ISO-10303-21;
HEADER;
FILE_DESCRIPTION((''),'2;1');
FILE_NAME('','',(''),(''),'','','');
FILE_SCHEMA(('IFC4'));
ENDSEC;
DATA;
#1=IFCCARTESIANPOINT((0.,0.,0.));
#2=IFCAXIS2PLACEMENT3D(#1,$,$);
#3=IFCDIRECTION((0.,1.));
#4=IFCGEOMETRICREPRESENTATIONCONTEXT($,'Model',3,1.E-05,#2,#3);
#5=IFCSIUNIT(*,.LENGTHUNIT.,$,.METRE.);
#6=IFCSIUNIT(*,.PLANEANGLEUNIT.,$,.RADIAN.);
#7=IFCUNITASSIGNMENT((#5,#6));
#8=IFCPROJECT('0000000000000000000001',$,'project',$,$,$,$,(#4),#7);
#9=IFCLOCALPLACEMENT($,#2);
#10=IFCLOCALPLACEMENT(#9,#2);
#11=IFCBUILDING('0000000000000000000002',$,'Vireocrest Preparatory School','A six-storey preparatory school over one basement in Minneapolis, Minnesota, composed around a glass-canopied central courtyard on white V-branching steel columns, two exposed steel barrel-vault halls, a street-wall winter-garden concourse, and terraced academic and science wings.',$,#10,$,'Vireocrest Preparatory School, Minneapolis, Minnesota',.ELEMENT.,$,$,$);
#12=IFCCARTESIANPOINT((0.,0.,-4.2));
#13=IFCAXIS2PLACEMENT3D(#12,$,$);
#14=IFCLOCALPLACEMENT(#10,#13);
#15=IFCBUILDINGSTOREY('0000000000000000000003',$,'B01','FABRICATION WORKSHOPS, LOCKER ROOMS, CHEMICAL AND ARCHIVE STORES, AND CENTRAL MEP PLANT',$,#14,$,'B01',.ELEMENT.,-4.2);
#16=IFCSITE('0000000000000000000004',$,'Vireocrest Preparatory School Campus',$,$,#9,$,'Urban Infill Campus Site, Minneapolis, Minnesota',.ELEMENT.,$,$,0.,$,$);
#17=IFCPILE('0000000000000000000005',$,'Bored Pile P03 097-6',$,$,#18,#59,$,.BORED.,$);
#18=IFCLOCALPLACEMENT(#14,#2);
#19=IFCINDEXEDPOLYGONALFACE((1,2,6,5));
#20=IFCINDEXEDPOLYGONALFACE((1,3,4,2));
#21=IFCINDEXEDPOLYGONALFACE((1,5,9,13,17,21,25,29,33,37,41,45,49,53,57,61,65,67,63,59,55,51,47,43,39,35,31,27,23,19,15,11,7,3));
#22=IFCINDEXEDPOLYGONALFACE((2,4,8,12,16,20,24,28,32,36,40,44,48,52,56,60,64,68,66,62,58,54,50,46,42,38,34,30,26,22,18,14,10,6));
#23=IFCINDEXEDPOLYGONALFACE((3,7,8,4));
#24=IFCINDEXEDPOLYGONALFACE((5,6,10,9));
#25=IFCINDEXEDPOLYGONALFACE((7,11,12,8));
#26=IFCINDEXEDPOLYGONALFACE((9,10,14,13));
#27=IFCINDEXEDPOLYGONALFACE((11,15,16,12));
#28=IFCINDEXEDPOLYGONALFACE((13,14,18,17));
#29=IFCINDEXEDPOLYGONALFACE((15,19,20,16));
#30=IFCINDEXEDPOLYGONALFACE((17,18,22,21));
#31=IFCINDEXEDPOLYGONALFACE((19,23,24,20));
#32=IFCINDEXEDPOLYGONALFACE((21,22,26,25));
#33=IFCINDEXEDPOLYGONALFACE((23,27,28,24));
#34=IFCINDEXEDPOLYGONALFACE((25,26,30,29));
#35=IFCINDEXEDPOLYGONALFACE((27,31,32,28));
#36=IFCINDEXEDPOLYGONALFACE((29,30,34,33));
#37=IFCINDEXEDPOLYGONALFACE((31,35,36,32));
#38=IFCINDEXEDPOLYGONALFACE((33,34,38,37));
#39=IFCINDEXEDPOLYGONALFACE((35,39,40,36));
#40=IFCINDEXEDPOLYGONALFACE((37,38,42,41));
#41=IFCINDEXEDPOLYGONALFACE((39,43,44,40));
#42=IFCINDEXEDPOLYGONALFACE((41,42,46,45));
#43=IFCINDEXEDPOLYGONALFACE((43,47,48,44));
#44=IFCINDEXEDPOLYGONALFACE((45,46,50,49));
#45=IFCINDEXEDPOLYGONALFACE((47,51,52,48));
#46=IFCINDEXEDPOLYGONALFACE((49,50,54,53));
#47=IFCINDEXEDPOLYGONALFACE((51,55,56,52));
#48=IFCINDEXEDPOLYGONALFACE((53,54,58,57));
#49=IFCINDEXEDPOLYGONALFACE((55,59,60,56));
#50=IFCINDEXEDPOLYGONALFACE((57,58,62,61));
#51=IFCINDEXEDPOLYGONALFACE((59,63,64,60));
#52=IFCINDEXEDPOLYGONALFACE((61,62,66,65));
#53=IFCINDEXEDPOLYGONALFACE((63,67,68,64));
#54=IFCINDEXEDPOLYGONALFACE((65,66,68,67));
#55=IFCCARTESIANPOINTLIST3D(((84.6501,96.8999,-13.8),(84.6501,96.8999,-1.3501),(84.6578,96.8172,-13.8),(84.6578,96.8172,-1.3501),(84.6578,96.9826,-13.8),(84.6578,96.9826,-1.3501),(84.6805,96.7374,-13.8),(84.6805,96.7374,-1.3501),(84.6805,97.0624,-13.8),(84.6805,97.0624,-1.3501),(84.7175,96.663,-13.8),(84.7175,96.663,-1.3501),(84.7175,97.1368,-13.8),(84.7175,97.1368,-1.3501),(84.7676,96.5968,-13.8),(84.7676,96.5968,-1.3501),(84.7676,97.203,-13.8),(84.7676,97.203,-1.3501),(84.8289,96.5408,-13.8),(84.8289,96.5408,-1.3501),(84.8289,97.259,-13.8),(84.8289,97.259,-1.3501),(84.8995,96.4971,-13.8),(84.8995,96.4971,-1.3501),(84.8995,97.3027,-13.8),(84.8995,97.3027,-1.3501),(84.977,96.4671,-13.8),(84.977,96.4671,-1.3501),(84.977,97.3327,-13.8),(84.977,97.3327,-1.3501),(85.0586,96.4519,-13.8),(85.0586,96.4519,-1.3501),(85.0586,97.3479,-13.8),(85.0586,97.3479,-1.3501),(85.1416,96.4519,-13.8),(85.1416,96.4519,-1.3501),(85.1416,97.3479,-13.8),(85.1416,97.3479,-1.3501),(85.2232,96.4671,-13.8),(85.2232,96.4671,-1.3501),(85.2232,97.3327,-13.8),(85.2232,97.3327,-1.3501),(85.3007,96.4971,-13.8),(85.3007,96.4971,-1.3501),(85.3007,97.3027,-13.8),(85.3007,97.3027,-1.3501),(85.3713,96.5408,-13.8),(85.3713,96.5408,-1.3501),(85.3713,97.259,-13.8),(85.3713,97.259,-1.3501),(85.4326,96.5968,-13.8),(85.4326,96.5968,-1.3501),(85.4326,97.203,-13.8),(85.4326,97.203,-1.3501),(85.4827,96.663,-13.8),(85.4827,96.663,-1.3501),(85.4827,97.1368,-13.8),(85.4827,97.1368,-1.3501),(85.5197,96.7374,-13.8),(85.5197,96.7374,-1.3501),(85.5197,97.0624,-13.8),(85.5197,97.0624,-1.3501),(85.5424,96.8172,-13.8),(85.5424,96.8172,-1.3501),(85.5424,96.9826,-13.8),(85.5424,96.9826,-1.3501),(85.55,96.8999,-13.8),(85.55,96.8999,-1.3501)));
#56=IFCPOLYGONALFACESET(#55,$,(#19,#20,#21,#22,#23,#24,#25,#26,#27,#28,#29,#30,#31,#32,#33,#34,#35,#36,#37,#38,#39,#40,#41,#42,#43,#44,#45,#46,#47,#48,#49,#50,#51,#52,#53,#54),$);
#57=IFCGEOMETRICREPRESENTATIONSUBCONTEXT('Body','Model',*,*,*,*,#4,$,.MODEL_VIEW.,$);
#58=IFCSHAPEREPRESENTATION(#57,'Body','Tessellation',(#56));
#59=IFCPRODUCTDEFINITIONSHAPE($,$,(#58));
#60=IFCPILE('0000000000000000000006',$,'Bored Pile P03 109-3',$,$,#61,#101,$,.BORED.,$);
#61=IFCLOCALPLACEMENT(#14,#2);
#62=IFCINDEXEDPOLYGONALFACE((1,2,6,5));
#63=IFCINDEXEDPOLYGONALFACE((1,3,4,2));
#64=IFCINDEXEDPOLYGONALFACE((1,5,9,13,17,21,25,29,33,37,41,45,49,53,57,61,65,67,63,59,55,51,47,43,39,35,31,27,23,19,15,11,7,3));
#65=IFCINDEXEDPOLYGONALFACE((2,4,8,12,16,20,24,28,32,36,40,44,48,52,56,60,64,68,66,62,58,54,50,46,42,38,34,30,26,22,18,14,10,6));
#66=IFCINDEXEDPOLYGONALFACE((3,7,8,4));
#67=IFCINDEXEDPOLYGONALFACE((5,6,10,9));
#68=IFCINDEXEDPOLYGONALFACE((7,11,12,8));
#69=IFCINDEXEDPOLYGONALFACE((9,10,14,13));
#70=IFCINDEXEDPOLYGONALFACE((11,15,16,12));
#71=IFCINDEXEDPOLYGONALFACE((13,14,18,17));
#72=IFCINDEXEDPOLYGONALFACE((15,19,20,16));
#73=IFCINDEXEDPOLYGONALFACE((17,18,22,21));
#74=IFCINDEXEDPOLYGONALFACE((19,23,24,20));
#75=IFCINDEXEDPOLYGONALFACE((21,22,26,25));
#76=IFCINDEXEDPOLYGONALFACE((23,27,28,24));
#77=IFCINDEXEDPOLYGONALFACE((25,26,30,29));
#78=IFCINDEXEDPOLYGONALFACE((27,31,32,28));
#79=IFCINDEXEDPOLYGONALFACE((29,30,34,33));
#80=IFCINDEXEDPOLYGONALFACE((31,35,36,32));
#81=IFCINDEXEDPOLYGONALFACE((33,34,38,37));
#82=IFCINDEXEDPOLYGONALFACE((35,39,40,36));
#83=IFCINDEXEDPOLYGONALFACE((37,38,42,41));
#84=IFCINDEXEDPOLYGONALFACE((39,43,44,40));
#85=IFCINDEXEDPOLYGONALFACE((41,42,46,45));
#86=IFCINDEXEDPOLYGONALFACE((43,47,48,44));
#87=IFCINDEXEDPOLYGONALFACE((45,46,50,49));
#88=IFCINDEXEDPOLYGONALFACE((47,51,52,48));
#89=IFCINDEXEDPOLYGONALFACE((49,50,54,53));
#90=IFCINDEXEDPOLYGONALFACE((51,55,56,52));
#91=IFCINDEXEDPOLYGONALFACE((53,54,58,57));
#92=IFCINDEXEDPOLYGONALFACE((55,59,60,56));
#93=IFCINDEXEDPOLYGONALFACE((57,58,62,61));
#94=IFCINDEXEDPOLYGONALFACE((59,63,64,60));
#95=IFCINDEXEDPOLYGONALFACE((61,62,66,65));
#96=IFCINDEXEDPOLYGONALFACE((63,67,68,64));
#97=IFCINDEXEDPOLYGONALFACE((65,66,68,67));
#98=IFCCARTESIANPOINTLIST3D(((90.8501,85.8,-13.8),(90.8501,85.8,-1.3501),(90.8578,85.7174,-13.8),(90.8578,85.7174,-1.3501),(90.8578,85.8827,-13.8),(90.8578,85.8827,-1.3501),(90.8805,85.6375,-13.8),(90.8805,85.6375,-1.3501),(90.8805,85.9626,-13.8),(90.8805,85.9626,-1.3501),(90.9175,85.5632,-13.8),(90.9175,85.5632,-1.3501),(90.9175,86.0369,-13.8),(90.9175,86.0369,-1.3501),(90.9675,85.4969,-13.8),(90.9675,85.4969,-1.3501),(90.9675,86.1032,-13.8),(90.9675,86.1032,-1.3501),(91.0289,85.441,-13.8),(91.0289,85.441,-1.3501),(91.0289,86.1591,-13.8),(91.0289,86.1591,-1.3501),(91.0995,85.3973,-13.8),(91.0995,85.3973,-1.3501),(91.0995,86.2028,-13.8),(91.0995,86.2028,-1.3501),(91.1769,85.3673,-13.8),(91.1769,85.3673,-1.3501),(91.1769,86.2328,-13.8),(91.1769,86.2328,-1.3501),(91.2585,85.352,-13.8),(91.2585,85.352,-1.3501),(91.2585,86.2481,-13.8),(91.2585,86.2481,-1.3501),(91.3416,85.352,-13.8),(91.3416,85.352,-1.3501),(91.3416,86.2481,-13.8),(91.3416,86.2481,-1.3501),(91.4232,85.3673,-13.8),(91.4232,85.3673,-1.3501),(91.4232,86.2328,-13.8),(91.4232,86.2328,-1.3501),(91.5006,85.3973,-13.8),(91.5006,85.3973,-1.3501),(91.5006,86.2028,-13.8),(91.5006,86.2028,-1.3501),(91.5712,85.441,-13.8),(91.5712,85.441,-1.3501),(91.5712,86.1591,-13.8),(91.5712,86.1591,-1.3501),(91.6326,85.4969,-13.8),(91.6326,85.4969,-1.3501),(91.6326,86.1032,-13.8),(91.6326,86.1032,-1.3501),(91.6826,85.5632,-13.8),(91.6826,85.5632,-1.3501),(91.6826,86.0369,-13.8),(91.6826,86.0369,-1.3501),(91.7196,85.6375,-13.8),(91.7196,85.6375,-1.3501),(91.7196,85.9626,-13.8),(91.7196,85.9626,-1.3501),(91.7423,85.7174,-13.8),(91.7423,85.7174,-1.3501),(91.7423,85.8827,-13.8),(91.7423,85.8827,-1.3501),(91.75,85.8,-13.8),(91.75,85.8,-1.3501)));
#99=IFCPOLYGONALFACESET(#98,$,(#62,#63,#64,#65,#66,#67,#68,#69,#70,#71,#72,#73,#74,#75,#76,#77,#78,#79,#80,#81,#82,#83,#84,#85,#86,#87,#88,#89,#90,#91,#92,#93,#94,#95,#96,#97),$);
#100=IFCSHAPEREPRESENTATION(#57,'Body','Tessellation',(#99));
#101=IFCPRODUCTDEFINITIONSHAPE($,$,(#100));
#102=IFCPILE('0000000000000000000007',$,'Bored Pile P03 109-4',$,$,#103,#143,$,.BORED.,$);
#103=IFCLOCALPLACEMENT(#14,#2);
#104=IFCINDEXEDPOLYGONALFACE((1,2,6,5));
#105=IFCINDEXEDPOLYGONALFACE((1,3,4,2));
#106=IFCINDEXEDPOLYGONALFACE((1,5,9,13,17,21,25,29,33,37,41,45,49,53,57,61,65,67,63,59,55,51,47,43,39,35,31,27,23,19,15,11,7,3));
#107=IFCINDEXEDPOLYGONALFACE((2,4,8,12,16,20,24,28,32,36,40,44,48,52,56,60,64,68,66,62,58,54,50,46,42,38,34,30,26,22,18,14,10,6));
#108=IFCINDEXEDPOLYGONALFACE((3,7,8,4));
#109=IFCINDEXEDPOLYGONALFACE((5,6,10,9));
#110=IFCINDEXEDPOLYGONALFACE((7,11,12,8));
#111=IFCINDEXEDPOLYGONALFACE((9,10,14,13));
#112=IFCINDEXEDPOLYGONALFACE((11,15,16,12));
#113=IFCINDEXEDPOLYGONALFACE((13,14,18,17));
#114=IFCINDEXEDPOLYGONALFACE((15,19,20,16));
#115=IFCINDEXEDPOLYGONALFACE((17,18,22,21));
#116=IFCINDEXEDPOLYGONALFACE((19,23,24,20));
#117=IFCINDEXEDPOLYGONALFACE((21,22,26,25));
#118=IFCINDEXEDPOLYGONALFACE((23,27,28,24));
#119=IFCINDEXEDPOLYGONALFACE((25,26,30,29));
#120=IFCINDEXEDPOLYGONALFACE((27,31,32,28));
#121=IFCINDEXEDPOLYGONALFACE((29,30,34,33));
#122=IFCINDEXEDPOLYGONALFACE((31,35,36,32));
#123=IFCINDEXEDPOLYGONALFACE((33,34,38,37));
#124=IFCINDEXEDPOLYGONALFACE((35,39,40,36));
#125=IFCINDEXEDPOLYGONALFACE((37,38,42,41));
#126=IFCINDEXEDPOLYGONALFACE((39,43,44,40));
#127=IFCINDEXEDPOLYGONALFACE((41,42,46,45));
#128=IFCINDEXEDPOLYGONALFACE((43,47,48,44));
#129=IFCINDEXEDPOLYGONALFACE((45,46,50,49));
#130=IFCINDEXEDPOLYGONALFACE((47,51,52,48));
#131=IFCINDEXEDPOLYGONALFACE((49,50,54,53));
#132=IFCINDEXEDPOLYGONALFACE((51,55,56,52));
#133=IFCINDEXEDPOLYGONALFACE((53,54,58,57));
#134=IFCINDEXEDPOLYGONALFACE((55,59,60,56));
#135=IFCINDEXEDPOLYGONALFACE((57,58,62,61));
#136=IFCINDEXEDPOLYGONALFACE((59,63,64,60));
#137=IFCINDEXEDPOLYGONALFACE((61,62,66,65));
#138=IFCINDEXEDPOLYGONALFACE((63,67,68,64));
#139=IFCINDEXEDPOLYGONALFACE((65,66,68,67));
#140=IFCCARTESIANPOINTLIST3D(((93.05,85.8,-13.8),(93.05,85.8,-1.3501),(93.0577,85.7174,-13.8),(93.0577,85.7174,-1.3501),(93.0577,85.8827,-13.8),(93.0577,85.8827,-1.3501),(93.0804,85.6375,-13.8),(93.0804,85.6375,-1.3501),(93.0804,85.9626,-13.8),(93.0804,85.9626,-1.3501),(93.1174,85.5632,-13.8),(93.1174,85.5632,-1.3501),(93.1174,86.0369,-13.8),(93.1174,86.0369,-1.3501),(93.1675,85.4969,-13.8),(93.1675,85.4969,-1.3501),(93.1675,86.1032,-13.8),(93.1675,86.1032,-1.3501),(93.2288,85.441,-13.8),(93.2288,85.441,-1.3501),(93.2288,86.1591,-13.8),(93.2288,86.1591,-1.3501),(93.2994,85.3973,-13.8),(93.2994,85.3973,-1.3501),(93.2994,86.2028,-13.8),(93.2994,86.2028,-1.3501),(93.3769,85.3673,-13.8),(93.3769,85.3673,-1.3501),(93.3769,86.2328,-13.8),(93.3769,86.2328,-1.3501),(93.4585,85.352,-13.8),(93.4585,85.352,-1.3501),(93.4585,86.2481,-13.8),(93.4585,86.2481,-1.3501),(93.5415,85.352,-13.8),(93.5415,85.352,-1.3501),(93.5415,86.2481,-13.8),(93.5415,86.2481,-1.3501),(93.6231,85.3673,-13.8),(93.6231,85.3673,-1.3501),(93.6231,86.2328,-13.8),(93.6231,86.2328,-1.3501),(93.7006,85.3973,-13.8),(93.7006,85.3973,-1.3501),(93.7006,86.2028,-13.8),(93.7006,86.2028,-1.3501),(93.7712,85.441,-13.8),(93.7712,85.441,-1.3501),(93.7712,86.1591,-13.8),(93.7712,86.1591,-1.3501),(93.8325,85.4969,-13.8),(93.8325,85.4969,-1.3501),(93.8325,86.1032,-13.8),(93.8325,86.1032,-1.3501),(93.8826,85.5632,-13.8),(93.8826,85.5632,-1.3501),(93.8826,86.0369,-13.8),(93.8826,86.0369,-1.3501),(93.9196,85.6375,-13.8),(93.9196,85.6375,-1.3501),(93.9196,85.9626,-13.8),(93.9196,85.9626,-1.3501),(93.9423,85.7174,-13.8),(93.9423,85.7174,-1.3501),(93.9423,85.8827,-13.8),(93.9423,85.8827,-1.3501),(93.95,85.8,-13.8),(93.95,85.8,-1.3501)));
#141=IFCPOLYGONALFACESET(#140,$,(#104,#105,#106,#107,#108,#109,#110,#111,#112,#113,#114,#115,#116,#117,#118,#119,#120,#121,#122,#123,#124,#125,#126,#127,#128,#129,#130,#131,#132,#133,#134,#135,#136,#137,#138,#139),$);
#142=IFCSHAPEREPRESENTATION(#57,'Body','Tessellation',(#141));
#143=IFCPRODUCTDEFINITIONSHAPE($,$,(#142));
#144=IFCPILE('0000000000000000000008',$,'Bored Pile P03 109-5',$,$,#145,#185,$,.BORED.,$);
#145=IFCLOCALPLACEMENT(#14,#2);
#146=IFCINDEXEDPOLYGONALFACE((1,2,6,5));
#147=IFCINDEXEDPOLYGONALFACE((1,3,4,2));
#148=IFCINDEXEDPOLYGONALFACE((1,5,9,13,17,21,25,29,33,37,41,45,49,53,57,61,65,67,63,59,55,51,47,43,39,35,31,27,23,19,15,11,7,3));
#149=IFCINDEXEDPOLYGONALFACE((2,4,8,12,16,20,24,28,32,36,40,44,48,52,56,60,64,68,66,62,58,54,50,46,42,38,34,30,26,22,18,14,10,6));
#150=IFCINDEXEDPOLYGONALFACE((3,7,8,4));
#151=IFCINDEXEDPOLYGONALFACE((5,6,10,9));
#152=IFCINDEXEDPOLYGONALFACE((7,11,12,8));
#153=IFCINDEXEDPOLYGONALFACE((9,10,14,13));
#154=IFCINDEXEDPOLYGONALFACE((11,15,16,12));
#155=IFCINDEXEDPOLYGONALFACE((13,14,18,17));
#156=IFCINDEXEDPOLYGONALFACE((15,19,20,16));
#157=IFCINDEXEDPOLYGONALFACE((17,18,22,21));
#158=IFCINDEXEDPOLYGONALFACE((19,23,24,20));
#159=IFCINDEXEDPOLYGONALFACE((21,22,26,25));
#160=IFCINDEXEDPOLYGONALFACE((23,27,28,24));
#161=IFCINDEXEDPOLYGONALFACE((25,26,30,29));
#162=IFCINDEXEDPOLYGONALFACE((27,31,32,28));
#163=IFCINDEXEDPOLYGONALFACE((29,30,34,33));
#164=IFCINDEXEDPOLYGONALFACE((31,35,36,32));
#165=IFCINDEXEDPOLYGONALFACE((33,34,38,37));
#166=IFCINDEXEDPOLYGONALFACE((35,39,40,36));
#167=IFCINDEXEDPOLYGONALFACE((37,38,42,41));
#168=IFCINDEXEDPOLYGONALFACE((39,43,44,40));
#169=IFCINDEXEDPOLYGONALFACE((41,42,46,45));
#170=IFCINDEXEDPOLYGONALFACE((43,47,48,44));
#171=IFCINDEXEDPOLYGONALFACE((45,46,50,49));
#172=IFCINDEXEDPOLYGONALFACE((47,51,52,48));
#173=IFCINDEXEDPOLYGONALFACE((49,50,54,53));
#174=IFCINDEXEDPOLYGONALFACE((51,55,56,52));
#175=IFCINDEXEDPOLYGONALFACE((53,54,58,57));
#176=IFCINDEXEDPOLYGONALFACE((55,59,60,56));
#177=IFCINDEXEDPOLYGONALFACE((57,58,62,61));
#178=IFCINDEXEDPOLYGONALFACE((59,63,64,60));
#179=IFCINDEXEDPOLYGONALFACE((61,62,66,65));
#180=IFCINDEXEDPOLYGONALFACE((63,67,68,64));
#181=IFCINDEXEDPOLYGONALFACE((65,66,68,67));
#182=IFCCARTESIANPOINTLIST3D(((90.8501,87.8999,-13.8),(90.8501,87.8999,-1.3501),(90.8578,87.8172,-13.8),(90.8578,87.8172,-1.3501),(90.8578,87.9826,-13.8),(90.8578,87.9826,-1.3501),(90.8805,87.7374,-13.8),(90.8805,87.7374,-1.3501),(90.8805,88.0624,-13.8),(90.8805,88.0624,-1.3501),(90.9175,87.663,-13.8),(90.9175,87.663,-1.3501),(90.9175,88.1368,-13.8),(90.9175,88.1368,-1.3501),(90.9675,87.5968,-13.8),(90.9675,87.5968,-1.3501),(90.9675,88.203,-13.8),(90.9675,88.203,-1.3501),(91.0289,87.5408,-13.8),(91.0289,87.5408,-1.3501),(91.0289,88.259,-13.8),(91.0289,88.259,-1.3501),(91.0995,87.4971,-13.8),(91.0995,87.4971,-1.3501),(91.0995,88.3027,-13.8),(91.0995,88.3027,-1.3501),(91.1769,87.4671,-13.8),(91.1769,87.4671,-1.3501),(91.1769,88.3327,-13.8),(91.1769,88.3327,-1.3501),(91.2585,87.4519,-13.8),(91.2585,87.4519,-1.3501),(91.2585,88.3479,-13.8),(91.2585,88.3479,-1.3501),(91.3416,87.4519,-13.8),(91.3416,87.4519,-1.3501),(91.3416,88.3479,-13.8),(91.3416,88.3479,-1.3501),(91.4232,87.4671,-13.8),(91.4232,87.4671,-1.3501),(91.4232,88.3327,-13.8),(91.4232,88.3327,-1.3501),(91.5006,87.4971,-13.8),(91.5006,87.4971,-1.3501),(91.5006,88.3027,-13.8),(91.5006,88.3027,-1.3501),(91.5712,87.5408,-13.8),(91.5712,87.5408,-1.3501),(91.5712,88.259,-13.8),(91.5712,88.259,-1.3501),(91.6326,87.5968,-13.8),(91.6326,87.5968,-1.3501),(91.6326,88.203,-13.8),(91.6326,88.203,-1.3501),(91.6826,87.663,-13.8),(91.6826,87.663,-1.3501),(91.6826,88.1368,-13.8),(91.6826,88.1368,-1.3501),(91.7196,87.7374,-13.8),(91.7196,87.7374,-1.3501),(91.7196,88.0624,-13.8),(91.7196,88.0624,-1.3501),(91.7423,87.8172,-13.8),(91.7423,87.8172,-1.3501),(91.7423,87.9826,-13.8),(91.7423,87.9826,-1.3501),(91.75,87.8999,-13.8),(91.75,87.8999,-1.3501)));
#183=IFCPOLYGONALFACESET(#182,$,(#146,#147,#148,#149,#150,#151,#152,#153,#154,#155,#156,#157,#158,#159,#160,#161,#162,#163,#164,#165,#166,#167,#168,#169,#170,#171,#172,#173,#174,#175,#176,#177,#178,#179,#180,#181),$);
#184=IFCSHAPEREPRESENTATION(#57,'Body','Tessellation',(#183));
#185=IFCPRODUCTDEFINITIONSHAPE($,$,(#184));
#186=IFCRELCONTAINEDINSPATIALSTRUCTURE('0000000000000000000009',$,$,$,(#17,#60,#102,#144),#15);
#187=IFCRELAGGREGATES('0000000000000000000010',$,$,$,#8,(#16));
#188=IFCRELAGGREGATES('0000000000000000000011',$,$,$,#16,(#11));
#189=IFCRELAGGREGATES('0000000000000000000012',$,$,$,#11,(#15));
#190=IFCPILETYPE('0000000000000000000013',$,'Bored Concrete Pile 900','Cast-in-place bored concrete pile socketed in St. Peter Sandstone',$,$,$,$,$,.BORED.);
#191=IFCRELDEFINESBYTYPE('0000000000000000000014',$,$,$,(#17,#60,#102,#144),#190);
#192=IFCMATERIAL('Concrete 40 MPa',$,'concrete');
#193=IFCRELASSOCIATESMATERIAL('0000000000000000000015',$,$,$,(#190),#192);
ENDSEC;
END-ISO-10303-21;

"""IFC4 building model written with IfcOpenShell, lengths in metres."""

from ifc_helpers import new_model, si_unit, direction, frame, origin, origin_2d, place, context, subcontext, project, spatial, circle, extrude, material, material_profile, profile_set, type_object, element, save


model = new_model("IFC4")

# Units and contexts
model_context = context("Model", 3, precision=1e-05, world=origin(), true_north=direction((0.0, 1.0)))
body_context = subcontext(model_context, "Body", "Model", "MODEL_VIEW")
ifc_project = project(units=[si_unit("LENGTHUNIT", "METRE"), si_unit("PLANEANGLEUNIT", "RADIAN")], contexts=[model_context])

# Site, building, storey
site_placement = place(None, origin())
site = spatial("IfcSite", under=ifc_project, at=site_placement, Name="Vireocrest Preparatory School Campus", LongName="Urban Infill Campus Site, Minneapolis, Minnesota", CompositionType="ELEMENT", RefElevation=0.0)
building_placement = place(site_placement, origin())
building = spatial("IfcBuilding", under=site, at=building_placement, Name="Vireocrest Preparatory School", Description="A six-storey preparatory school over one basement in Minneapolis, Minnesota, composed around a glass-canopied central courtyard on white V-branching steel columns, two exposed steel barrel-vault halls, a street-wall winter-garden concourse, and terraced academic and science wings.", LongName="Vireocrest Preparatory School, Minneapolis, Minnesota", CompositionType="ELEMENT")
storey_placement = place(building_placement, frame((0.0, 0.0, -4.2)))
storey = spatial("IfcBuildingStorey", under=building, at=storey_placement, Name="B01", Description="FABRICATION WORKSHOPS, LOCKER ROOMS, CHEMICAL AND ARCHIVE STORES, AND CENTRAL MEP PLANT", LongName="B01", CompositionType="ELEMENT", Elevation=-4.2)

# Piles
ifc_material_1 = material(Name="Concrete 40 MPa", Category="concrete")
ifc_material_profile_1 = material_profile(ifc_material_1, circle(Radius=0.45, at=origin_2d()), Name="BORED PILE 900")
ifc_profile_set_1 = profile_set([ifc_material_profile_1], Name="Concrete 40 MPa")
pile_type = type_object("IfcPileType", Name="Bored Concrete Pile 900", Description="Cast-in-place bored concrete pile socketed in St. Peter Sandstone", PredefinedType="BORED", material=ifc_profile_set_1)
for number, where, z_axis, x_axis, name in (
    (1, (85.1001, 96.8999, -1.3501), (0.0, 0.0, -1.0), (1.0, 0.0, 0.0), "Bored Pile P03 097-6"),
    (2, (91.3, 85.8, -1.3501), (0.0, 0.0, -1.0), (1.0, 0.0, 0.0), "Bored Pile P03 109-3"),
    (3, (93.5, 85.8, -1.3501), (0.0, 0.0, -1.0), (1.0, 0.0, 0.0), "Bored Pile P03 109-4"),
    (4, (91.3, 87.8999, -1.3501), (0.0, 0.0, -1.0), (1.0, 0.0, 0.0), "Bored Pile P03 109-5"),
):
    element("IfcPile", number, at=place(storey_placement, frame(where, z_axis=z_axis, x_axis=x_axis)), inside=storey, type_object=pile_type, Name=name, PredefinedType="BORED", context=body_context, shape_type="SweptSolid", body=[
        extrude(circle(Radius=0.45, at=origin_2d()), origin(), (0.0, 0.0, 1.0), 12.45),
    ])

save(model, "model.ifc")
